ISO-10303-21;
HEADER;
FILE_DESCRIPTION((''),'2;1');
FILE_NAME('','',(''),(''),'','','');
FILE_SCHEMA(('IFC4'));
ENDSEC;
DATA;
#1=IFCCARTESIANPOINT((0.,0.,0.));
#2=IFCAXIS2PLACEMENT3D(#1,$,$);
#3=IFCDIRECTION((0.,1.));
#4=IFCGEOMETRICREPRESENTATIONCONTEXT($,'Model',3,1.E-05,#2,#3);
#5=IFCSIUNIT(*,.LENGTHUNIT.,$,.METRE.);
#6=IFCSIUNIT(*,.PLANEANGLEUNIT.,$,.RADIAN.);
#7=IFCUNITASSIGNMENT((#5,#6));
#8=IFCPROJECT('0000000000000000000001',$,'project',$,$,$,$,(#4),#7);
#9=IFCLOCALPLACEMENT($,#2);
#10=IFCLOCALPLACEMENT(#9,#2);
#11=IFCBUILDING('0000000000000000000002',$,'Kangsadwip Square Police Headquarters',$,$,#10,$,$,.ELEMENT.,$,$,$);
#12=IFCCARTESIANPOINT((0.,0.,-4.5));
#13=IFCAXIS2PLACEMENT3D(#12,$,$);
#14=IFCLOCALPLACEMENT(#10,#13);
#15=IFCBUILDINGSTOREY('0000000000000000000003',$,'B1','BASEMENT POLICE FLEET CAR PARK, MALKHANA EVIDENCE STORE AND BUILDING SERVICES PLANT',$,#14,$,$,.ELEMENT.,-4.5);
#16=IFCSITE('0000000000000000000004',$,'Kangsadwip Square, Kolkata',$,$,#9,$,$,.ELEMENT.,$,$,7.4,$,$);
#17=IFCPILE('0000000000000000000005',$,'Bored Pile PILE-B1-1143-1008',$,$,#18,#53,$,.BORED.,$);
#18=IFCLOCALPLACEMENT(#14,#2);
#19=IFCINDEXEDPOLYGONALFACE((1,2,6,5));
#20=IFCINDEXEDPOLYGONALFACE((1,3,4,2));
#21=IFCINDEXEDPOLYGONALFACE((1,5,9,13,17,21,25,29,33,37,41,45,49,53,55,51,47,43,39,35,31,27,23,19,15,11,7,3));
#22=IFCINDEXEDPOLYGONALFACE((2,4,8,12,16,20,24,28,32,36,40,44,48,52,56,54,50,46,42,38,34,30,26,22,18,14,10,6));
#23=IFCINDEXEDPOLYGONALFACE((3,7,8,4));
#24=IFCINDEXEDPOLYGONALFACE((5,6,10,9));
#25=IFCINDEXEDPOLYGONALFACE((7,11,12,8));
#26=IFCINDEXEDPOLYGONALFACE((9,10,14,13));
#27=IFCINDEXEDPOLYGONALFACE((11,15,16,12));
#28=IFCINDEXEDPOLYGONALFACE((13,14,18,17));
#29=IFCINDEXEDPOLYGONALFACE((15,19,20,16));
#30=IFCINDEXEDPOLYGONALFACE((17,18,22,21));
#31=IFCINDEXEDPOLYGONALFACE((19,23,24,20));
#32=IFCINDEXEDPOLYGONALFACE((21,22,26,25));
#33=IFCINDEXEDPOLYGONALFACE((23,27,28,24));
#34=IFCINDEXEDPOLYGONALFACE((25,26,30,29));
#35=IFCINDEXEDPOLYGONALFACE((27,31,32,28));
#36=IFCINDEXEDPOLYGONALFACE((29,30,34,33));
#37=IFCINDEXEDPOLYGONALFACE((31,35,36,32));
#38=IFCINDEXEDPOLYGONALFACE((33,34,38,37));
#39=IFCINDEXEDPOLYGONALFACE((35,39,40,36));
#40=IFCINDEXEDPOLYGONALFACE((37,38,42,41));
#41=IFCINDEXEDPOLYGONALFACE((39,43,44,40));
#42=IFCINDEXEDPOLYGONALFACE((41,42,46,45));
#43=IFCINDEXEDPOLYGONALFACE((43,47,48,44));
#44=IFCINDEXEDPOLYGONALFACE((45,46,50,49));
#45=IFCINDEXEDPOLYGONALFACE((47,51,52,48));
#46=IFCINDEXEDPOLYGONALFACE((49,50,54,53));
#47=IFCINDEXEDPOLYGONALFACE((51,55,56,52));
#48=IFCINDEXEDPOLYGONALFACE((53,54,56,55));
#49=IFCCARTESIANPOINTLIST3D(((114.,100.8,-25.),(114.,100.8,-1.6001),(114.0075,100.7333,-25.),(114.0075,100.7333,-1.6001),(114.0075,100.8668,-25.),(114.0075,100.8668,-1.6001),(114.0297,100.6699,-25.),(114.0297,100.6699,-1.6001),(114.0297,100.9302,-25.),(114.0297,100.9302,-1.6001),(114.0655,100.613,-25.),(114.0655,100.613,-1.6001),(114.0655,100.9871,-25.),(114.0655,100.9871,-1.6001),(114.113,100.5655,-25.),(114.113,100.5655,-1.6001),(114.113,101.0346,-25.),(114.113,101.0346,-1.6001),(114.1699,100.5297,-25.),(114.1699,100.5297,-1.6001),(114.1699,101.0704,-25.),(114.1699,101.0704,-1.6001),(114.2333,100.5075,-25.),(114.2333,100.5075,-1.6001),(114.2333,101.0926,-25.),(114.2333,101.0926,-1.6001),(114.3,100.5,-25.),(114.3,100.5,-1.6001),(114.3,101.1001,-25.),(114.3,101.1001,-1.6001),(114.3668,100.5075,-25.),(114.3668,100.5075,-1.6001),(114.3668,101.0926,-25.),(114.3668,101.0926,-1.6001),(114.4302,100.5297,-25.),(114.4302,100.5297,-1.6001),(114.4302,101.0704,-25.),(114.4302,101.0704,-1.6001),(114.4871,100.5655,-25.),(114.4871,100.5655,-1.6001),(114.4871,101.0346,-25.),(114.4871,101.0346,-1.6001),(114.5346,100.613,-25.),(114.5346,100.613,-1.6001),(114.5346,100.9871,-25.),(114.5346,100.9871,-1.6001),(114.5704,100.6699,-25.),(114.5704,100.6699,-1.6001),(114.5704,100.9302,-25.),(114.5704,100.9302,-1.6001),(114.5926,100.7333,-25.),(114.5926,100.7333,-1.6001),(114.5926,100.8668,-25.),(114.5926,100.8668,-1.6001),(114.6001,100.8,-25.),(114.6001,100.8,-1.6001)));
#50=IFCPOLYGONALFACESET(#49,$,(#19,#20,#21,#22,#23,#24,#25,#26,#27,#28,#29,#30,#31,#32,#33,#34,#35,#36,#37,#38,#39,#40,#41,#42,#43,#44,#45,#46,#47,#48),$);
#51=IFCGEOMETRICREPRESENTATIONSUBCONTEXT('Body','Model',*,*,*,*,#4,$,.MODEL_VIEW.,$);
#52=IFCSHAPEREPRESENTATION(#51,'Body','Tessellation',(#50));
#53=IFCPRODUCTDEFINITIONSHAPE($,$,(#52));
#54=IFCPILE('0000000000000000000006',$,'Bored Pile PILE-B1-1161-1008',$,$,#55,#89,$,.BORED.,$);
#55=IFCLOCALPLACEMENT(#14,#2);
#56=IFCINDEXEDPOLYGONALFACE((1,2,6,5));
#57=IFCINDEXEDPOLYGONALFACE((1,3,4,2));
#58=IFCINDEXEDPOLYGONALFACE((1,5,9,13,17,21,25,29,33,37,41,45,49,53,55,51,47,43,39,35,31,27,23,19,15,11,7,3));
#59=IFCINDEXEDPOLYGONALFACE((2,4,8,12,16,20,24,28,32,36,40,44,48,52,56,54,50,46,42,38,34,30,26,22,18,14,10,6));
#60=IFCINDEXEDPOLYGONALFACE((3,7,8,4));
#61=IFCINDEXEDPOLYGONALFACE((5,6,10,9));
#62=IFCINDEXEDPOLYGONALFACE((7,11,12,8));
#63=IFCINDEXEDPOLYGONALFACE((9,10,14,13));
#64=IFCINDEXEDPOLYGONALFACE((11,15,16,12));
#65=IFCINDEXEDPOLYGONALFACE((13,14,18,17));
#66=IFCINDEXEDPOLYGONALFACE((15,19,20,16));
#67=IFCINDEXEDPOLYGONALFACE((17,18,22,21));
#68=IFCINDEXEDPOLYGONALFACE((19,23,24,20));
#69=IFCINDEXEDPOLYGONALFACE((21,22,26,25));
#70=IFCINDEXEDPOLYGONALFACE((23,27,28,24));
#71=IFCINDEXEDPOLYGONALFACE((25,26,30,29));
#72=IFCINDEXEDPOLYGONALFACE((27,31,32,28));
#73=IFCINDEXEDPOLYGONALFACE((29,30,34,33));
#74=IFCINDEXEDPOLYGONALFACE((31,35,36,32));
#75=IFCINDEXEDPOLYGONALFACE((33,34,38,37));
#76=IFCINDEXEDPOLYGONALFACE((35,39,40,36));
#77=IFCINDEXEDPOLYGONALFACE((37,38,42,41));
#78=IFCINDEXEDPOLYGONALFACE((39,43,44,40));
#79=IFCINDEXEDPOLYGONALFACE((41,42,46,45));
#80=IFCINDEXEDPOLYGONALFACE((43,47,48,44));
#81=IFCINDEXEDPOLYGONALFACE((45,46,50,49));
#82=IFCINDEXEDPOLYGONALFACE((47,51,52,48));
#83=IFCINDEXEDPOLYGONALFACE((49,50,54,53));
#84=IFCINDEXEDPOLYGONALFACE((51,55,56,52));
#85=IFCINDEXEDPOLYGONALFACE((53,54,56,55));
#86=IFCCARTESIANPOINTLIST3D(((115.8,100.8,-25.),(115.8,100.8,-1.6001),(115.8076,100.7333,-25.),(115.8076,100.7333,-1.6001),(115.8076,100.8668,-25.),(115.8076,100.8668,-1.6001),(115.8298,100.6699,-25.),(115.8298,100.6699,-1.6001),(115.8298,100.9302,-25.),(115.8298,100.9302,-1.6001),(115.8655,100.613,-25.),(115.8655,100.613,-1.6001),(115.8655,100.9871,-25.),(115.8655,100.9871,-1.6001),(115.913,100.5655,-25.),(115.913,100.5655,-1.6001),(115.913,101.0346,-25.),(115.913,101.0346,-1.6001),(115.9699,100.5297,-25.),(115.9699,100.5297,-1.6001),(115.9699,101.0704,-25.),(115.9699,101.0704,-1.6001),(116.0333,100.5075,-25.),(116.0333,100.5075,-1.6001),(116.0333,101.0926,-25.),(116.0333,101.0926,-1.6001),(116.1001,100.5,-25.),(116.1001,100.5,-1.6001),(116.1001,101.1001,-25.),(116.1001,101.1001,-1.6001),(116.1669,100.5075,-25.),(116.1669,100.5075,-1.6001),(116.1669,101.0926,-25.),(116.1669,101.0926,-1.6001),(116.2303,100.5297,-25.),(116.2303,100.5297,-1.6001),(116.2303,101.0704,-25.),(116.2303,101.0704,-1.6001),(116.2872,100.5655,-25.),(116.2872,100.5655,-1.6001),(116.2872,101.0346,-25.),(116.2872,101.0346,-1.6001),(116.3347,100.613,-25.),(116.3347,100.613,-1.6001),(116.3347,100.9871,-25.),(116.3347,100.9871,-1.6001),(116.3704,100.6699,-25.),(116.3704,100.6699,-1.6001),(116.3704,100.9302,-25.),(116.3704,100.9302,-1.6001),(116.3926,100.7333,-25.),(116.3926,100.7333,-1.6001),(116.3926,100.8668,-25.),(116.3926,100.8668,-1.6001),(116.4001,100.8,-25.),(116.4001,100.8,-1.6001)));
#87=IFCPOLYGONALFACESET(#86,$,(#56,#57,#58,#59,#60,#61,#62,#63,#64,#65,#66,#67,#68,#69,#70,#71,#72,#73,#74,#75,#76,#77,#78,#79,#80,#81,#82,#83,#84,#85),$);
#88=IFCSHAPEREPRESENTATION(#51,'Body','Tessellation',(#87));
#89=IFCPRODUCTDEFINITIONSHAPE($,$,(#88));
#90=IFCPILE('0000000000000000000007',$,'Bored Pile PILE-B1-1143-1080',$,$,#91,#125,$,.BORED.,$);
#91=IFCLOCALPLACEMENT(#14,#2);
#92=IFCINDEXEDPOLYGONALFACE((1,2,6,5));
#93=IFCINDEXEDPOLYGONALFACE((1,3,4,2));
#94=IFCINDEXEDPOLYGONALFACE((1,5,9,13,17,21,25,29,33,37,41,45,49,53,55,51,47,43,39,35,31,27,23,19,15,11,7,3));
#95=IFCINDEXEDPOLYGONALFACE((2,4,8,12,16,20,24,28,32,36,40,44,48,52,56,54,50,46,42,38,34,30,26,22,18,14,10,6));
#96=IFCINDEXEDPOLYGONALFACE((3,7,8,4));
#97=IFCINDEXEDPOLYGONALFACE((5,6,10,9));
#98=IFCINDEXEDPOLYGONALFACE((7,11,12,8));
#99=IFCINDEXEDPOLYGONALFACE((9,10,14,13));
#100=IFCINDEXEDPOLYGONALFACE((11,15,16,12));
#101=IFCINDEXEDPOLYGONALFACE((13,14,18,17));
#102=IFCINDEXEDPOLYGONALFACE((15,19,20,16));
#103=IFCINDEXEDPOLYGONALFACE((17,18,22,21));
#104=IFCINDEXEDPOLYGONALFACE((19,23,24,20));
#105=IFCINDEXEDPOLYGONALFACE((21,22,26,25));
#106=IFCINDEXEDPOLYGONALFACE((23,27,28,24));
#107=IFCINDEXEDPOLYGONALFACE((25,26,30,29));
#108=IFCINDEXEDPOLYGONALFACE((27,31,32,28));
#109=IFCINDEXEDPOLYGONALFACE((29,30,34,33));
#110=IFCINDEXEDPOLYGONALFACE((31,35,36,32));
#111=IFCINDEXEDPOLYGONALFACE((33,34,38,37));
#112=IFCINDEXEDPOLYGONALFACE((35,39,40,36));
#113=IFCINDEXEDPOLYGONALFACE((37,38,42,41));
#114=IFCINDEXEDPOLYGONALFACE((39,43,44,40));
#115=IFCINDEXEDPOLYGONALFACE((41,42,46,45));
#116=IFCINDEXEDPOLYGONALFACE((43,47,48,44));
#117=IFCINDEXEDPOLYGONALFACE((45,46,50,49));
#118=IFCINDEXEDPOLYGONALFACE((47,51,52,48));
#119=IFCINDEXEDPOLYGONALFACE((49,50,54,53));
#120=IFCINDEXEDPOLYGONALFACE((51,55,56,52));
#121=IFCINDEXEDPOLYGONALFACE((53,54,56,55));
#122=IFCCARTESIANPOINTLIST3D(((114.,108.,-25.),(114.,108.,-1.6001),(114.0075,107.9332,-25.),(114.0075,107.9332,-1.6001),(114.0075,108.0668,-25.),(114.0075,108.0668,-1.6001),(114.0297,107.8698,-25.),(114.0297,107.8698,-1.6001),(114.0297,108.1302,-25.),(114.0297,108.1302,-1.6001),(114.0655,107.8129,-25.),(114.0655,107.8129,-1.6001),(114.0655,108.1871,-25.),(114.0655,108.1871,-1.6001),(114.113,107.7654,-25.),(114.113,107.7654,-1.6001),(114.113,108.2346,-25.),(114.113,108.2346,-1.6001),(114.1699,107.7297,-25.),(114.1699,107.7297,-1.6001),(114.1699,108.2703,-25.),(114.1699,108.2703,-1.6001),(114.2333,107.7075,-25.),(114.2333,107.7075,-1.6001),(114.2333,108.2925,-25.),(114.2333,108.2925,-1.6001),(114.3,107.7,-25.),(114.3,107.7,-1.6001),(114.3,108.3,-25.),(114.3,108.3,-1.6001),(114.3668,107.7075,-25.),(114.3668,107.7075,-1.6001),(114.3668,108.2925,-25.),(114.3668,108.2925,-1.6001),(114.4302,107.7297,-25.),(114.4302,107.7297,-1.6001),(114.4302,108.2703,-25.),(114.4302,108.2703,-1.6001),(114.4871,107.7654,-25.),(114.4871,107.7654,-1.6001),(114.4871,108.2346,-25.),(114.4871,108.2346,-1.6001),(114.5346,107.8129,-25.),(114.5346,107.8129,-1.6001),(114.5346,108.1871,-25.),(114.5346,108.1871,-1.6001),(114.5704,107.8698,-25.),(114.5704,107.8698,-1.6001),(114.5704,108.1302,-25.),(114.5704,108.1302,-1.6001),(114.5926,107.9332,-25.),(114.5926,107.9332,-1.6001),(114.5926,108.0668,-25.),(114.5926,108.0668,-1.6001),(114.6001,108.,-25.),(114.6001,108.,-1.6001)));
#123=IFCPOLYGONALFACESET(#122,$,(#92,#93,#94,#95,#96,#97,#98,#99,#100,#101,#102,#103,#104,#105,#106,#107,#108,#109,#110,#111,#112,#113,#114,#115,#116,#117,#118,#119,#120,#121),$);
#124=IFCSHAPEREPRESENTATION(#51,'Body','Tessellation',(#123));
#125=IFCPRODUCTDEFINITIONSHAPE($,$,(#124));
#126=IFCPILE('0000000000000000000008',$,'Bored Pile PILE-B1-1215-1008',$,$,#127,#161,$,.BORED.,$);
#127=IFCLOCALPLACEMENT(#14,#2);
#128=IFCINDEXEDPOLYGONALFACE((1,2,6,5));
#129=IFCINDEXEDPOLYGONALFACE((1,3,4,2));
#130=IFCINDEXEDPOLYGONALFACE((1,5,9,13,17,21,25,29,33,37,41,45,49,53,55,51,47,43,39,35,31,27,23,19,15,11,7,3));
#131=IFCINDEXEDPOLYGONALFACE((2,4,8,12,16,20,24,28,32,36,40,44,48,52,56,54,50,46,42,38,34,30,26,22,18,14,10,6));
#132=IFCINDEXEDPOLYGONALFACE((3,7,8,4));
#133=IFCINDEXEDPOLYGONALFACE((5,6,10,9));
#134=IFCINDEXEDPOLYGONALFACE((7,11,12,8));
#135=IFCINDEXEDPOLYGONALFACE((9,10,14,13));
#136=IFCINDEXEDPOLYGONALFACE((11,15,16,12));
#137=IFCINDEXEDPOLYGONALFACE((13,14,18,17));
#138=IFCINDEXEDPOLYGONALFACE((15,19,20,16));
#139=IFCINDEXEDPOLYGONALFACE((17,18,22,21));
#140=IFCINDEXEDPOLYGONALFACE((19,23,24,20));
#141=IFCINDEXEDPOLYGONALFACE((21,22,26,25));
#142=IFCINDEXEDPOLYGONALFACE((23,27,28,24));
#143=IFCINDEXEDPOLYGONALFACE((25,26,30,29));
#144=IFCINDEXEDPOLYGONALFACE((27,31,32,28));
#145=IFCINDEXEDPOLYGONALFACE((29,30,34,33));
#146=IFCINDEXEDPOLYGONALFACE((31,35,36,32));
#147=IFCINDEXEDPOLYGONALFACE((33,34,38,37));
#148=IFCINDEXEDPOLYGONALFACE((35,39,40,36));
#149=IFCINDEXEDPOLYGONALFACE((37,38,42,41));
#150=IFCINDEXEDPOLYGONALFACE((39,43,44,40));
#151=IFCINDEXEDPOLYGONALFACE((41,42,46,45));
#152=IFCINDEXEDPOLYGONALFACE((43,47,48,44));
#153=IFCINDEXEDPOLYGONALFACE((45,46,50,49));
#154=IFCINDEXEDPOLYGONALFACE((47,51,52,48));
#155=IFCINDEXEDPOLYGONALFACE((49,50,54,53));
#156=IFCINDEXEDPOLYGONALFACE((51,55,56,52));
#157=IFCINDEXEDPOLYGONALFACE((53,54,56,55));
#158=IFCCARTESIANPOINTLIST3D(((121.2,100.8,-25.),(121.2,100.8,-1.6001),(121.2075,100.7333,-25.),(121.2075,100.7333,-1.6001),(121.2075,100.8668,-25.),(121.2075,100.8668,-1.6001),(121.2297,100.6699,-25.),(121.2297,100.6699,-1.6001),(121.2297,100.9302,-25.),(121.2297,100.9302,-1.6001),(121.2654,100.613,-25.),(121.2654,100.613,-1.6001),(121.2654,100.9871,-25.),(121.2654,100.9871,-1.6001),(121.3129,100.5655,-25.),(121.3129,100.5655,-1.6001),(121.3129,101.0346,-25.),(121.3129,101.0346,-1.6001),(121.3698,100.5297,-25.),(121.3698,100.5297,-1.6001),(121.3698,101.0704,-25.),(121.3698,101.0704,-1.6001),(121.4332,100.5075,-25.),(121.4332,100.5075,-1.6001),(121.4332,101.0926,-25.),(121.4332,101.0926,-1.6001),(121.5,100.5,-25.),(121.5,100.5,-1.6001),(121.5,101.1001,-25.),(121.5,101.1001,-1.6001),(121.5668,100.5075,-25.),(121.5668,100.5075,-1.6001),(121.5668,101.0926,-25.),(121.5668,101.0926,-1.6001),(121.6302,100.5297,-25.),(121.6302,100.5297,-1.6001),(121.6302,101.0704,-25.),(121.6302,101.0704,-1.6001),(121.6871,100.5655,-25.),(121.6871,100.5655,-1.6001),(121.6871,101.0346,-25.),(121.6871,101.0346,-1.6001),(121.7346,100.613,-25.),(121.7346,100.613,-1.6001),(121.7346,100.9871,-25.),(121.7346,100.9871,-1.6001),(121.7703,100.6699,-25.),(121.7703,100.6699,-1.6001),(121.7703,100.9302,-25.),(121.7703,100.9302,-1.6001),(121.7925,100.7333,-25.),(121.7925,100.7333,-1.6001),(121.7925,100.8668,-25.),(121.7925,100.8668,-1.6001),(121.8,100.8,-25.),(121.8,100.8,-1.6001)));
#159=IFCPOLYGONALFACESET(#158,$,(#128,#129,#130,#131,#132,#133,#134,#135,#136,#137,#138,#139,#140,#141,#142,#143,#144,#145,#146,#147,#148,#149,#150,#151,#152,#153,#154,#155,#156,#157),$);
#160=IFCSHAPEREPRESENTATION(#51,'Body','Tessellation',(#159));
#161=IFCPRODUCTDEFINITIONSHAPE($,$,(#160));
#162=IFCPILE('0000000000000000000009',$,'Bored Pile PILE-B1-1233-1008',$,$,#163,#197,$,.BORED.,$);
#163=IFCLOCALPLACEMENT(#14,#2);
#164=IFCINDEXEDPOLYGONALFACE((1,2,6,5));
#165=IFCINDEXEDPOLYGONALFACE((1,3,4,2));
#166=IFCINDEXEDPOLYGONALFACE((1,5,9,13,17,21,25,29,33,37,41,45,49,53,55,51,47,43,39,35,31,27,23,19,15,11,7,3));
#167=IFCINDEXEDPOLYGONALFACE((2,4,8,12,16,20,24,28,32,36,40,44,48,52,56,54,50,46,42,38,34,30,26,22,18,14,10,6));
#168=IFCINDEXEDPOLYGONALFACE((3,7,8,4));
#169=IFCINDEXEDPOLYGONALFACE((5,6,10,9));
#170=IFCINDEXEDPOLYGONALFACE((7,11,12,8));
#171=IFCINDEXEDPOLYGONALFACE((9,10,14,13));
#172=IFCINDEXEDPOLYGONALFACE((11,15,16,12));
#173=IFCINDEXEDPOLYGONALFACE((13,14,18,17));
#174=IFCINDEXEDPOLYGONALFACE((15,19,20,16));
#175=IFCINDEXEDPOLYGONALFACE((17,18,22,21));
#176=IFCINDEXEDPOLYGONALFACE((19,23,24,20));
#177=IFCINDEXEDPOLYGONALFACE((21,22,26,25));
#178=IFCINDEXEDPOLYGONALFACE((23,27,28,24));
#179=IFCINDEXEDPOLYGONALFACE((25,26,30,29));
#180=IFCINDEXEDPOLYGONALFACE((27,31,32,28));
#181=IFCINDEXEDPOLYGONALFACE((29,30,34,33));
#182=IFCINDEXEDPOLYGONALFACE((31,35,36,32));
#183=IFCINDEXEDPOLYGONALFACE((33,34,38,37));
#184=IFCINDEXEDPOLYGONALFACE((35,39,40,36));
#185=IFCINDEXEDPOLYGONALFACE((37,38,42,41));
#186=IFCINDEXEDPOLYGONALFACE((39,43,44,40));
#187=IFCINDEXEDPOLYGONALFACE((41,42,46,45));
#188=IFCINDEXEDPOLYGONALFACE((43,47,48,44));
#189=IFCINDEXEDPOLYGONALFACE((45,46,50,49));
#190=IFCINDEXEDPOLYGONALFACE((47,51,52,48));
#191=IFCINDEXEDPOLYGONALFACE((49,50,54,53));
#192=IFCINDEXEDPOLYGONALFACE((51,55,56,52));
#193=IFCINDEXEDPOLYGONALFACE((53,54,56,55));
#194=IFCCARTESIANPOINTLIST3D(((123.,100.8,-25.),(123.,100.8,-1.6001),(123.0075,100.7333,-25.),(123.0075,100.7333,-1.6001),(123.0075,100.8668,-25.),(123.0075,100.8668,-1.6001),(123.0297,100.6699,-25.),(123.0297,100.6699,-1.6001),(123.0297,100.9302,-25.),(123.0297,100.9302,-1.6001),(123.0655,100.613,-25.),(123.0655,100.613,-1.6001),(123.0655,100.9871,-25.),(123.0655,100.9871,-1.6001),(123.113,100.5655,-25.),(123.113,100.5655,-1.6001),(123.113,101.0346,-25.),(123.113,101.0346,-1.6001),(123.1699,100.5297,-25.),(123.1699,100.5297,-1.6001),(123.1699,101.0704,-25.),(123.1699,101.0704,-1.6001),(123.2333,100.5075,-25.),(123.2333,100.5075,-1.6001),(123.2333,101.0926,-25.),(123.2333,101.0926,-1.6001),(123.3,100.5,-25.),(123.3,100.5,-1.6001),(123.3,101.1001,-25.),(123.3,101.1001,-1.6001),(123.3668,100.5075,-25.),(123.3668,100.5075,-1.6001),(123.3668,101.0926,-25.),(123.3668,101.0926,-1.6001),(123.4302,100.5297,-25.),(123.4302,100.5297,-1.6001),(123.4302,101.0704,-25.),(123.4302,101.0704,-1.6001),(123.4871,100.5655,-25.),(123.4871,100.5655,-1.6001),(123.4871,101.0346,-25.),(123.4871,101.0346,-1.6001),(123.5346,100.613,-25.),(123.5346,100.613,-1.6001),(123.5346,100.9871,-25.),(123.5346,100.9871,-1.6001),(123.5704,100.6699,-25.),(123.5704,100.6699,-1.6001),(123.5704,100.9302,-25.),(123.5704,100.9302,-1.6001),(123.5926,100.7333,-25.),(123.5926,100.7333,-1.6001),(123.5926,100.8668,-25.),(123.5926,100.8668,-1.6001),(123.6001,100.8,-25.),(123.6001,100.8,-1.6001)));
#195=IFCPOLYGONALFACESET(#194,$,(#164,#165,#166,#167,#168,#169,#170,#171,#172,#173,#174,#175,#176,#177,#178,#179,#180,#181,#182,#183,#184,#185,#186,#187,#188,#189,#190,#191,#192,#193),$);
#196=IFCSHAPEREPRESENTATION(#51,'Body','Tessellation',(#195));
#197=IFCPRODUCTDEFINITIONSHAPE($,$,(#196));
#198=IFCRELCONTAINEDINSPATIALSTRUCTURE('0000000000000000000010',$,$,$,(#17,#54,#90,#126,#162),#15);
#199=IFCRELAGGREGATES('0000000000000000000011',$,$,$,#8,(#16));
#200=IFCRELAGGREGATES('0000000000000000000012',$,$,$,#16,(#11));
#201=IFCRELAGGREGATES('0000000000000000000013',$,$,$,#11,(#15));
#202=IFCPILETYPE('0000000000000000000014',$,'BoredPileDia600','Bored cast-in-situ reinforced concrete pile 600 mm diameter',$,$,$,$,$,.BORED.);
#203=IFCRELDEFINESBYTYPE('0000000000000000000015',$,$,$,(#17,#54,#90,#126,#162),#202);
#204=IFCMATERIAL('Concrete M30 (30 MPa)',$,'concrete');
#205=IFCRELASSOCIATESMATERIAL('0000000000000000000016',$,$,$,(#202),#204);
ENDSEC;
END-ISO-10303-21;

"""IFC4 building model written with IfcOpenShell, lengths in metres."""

from ifc_helpers import new_model, si_unit, direction, frame, origin, origin_2d, place, context, subcontext, project, spatial, circle, extrude, material, material_profile, profile_set, type_object, element, save


model = new_model("IFC4")

# Units and contexts
model_context = context("Model", 3, precision=1e-05, world=origin(), true_north=direction((0.0, 1.0)))
body_context = subcontext(model_context, "Body", "Model", "MODEL_VIEW")
ifc_project = project(units=[si_unit("LENGTHUNIT", "METRE"), si_unit("PLANEANGLEUNIT", "RADIAN")], contexts=[model_context])

# Site, building, storey
site_placement = place(None, origin())
site = spatial("IfcSite", under=ifc_project, at=site_placement, Name="Kangsadwip Square, Kolkata", CompositionType="ELEMENT", RefElevation=7.4)
building_placement = place(site_placement, origin())
building = spatial("IfcBuilding", under=site, at=building_placement, Name="Kangsadwip Square Police Headquarters", CompositionType="ELEMENT")
storey_placement = place(building_placement, frame((0.0, 0.0, -4.5)))
storey = spatial("IfcBuildingStorey", under=building, at=storey_placement, Name="B1", Description="BASEMENT POLICE FLEET CAR PARK, MALKHANA EVIDENCE STORE AND BUILDING SERVICES PLANT", CompositionType="ELEMENT", Elevation=-4.5)

# Piles
ifc_material_1 = material(Name="Concrete M30 (30 MPa)", Category="concrete")
ifc_material_profile_1 = material_profile(ifc_material_1, circle(Radius=0.3, at=origin_2d()), Name="PILE DIA 600")
ifc_profile_set_1 = profile_set([ifc_material_profile_1], Name="Concrete M30 (30 MPa)")
pile_type_1 = type_object("IfcPileType", Name="BoredPileDia600", Description="Bored cast-in-situ reinforced concrete pile 600 mm diameter", PredefinedType="BORED", material=ifc_profile_set_1)
for number, where, z_axis, x_axis, name in (
    (1, (114.3, 100.8, -1.6001), (0.0, 0.0, -1.0), (1.0, 0.0, 0.0), "Bored Pile PILE-B1-1143-1008"),
    (2, (116.1001, 100.8, -1.6001), (0.0, 0.0, -1.0), (1.0, 0.0, 0.0), "Bored Pile PILE-B1-1161-1008"),
    (3, (114.3, 108.0, -1.6001), (0.0, 0.0, -1.0), (1.0, 0.0, 0.0), "Bored Pile PILE-B1-1143-1080"),
    (4, (121.5, 100.8, -1.6001), (0.0, 0.0, -1.0), (1.0, 0.0, 0.0), "Bored Pile PILE-B1-1215-1008"),
    (5, (123.3, 100.8, -1.6001), (0.0, 0.0, -1.0), (1.0, 0.0, 0.0), "Bored Pile PILE-B1-1233-1008"),
):
    element("IfcPile", number, at=place(storey_placement, frame(where, z_axis=z_axis, x_axis=x_axis)), inside=storey, type_object=pile_type_1, Name=name, PredefinedType="BORED", context=body_context, shape_type="SweptSolid", body=[
        extrude(circle(Radius=0.3, at=origin_2d()), origin(), (0.0, 0.0, 1.0), 23.3999),
    ])

save(model, "model.ifc")
